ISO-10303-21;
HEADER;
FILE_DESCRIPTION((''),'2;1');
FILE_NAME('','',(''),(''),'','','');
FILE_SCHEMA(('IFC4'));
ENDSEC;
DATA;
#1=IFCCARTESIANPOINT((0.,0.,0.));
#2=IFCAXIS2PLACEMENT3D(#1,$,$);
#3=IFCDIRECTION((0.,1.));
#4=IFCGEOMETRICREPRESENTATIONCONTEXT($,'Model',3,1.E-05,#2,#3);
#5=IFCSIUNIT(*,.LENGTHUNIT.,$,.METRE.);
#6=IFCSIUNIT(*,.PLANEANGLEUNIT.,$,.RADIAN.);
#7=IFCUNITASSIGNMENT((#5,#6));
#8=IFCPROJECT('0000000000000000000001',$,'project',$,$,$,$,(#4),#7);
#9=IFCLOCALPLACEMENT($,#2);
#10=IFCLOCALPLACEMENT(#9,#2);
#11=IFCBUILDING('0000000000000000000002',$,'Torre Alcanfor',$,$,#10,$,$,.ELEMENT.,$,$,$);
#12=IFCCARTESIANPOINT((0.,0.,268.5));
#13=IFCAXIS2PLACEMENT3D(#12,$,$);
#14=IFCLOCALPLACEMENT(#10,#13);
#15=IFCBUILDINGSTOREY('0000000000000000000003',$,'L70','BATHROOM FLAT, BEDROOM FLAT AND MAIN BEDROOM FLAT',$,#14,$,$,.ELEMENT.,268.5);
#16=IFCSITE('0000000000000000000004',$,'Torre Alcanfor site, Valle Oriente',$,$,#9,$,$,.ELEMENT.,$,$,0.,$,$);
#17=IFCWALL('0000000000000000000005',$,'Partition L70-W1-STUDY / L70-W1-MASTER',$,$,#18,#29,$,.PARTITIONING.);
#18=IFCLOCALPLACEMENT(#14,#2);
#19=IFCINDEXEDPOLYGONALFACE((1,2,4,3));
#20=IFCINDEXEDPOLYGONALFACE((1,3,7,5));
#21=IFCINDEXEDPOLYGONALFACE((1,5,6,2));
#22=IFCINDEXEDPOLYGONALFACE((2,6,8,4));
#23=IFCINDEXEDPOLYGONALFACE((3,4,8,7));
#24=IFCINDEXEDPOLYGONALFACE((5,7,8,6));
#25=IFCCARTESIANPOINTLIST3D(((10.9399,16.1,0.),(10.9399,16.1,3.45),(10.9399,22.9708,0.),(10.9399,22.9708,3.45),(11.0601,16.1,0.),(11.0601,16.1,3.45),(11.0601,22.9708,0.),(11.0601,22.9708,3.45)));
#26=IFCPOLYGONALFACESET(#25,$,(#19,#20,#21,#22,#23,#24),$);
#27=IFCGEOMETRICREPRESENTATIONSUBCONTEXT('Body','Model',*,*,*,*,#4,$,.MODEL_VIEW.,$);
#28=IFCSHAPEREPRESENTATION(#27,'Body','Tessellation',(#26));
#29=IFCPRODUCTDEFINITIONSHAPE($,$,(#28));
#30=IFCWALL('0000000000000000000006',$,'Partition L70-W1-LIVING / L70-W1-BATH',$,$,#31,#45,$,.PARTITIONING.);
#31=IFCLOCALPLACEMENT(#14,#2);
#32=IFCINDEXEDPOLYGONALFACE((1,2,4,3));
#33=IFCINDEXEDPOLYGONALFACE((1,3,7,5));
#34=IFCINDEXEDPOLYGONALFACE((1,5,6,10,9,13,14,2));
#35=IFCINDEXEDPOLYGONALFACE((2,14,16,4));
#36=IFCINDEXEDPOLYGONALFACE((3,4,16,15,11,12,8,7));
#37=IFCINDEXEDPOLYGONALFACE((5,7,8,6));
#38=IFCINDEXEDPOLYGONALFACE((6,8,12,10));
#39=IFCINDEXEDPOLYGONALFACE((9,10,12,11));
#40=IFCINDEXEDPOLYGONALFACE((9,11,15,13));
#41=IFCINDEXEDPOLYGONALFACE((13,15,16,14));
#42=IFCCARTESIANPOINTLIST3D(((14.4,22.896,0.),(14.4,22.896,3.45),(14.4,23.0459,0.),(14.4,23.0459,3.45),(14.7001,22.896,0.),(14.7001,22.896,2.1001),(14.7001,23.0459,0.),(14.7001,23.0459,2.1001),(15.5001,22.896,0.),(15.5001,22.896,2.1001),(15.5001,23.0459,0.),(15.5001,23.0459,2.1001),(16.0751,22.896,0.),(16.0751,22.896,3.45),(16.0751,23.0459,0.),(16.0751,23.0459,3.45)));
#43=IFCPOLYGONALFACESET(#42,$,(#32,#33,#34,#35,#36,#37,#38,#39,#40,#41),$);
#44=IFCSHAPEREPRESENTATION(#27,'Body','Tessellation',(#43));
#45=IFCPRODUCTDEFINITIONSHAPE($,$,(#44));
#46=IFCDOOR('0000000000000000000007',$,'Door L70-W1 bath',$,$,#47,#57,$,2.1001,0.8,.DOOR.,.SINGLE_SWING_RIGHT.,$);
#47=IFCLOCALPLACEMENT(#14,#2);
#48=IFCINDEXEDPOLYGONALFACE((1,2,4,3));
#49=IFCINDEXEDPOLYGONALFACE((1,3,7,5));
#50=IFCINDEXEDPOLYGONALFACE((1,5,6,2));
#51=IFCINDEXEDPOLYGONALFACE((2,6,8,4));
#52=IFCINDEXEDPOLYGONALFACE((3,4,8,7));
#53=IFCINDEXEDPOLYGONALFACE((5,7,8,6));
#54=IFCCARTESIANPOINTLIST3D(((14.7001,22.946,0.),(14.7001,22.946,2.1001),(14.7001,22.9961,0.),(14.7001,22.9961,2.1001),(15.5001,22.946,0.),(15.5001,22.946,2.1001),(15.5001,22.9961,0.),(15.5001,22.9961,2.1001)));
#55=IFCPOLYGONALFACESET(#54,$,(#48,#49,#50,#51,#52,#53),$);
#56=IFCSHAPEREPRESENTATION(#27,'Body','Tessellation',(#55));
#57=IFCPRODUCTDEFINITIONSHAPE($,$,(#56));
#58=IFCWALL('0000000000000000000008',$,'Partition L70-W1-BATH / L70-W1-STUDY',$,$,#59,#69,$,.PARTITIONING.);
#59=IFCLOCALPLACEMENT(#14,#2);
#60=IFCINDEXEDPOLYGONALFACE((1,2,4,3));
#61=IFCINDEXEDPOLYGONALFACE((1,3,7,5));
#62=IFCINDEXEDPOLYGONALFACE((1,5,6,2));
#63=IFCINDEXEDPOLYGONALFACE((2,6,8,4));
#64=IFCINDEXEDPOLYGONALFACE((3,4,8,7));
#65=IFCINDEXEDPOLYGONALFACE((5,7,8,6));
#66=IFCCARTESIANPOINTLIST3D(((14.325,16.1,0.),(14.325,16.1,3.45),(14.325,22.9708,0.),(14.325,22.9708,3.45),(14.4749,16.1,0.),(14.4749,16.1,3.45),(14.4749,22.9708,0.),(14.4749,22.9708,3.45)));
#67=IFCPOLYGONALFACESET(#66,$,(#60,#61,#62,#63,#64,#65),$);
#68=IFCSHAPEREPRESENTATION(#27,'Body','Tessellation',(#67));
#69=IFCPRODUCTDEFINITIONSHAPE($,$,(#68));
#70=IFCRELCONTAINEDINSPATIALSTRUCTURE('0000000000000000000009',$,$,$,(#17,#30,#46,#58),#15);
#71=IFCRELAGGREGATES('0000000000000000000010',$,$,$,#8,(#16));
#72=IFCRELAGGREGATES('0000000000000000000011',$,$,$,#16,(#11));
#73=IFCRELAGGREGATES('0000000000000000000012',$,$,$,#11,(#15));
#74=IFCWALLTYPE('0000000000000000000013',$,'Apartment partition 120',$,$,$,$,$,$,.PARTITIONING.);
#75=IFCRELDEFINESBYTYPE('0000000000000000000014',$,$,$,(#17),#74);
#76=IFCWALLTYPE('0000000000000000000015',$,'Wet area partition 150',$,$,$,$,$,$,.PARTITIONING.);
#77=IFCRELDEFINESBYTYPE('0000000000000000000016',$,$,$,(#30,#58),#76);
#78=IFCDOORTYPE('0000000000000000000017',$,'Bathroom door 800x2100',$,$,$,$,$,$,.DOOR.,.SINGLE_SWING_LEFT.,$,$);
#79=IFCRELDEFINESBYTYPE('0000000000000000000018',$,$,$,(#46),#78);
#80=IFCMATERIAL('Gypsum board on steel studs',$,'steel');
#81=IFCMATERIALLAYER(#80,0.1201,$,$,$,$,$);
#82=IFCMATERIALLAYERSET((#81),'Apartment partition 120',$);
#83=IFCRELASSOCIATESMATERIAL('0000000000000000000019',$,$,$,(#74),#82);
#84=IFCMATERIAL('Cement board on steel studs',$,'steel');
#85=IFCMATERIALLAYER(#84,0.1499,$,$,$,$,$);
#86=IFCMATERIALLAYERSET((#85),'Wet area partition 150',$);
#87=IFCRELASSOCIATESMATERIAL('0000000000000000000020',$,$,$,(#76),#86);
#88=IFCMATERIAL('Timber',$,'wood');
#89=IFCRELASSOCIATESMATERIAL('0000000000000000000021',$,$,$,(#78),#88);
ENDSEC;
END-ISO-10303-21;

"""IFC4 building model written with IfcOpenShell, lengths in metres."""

from ifc_helpers import new_model, si_unit, direction, frame, frame_2d, origin, place, context, subcontext, project, spatial, rectangle, extrude, material, layer, layer_set, type_object, element, fill, save


model = new_model("IFC4")

# Units and contexts
model_context = context("Model", 3, precision=1e-05, world=origin(), true_north=direction((0.0, 1.0)))
body_context = subcontext(model_context, "Body", "Model", "MODEL_VIEW")
ifc_project = project(units=[si_unit("LENGTHUNIT", "METRE"), si_unit("PLANEANGLEUNIT", "RADIAN")], contexts=[model_context])

# Site, building, storey
site_placement = place(None, origin())
site = spatial("IfcSite", under=ifc_project, at=site_placement, Name="Torre Alcanfor site, Valle Oriente", CompositionType="ELEMENT", RefElevation=0.0)
building_placement = place(site_placement, origin())
building = spatial("IfcBuilding", under=site, at=building_placement, Name="Torre Alcanfor", CompositionType="ELEMENT")
storey_placement = place(building_placement, frame((0.0, 0.0, 268.5)))
storey = spatial("IfcBuildingStorey", under=building, at=storey_placement, Name="L70", Description="BATHROOM FLAT, BEDROOM FLAT AND MAIN BEDROOM FLAT", CompositionType="ELEMENT", Elevation=268.5)

# Shared definitions
ifc_material_1 = material(Name="Gypsum board on steel studs", Category="steel")
ifc_layer_1 = layer(ifc_material_1, 0.1201)
ifc_layer_set_1 = layer_set([ifc_layer_1], Name="Apartment partition 120")
wall_type_1 = type_object("IfcWallType", Name="Apartment partition 120", PredefinedType="PARTITIONING", material=ifc_layer_set_1)

# Wall
wall_1_placement = place(storey_placement, frame((11.0, 22.9709, 0.0), z_axis=(0.0, 0.0, 1.0), x_axis=(0.0, -1.0, 0.0)))
element("IfcWall", 1, at=wall_1_placement, inside=storey, type_object=wall_type_1, Name="Partition L70-W1-STUDY / L70-W1-MASTER", PredefinedType="PARTITIONING", context=body_context, shape_type="SweptSolid", body=[
    extrude(rectangle(XDim=6.8708, YDim=0.1201, at=frame_2d((3.4355, 0.0))), origin(), (0.0, 0.0, 1.0), 3.45),
])

# Wall, opening, door
ifc_material_2 = material(Name="Cement board on steel studs", Category="steel")
ifc_layer_2 = layer(ifc_material_2, 0.1499)
ifc_layer_set_2 = layer_set([ifc_layer_2], Name="Wet area partition 150")
wall_type_2 = type_object("IfcWallType", Name="Wet area partition 150", PredefinedType="PARTITIONING", material=ifc_layer_set_2)
wall_2_placement = place(storey_placement, frame((16.075, 22.9709, 0.0), z_axis=(0.0, 0.0, 1.0), x_axis=(-1.0, 0.0, 0.0)))
wall_2 = element("IfcWall", 2, at=wall_2_placement, inside=storey, type_object=wall_type_2, Name="Partition L70-W1-LIVING / L70-W1-BATH", PredefinedType="PARTITIONING", context=body_context, shape_type="SweptSolid", body=[
    extrude(rectangle(XDim=1.675, YDim=0.1499, at=frame_2d((0.8374, 0.0))), origin(), (0.0, 0.0, 1.0), 3.45),
])
opening_1_placement = place(wall_2_placement, frame((0.575, 0.0, 0.0)))
opening_1 = element("IfcOpeningElement", 3, at=opening_1_placement, cuts=wall_2, PredefinedType="OPENING", context=body_context, shape_type="SweptSolid", body=[
    extrude(rectangle(XDim=0.8, YDim=2.1001, at=frame_2d((0.3999, 1.05))), frame((0.0, 0.085, 0.0), z_axis=(0.0, -1.0, 0.0), x_axis=(1.0, 0.0, 0.0)), (0.0, 0.0, 1.0), 0.1699),
])
ifc_material_3 = material(Name="Timber", Category="wood")
door_type_1 = type_object("IfcDoorType", Name="Bathroom door 800x2100", OperationType="SINGLE_SWING_LEFT", PredefinedType="DOOR", material=ifc_material_3)
door_1_placement = place(opening_1_placement, origin())
door_1 = element("IfcDoor", 4, at=door_1_placement, inside=storey, type_object=door_type_1, Name="Door L70-W1 bath", OperationType="SINGLE_SWING_RIGHT", OverallHeight=2.1001, OverallWidth=0.8, PredefinedType="DOOR", context=body_context, shape_type="SweptSolid", body=[
    extrude(rectangle(XDim=0.8, YDim=2.1001, at=frame_2d((0.3999, 1.05))), frame((0.0, 0.0249, 0.0), z_axis=(0.0, -1.0, 0.0), x_axis=(1.0, 0.0, 0.0)), (0.0, 0.0, 1.0), 0.05),
])
fill(opening_1, door_1)

# Wall
wall_3_placement = place(storey_placement, frame((14.3999, 22.9709, 0.0), z_axis=(0.0, 0.0, 1.0), x_axis=(0.0, -1.0, 0.0)))
element("IfcWall", 5, at=wall_3_placement, inside=storey, type_object=wall_type_2, Name="Partition L70-W1-BATH / L70-W1-STUDY", PredefinedType="PARTITIONING", context=body_context, shape_type="SweptSolid", body=[
    extrude(rectangle(XDim=6.8708, YDim=0.1499, at=frame_2d((3.4355, 0.0))), origin(), (0.0, 0.0, 1.0), 3.45),
])

save(model, "model.ifc")
